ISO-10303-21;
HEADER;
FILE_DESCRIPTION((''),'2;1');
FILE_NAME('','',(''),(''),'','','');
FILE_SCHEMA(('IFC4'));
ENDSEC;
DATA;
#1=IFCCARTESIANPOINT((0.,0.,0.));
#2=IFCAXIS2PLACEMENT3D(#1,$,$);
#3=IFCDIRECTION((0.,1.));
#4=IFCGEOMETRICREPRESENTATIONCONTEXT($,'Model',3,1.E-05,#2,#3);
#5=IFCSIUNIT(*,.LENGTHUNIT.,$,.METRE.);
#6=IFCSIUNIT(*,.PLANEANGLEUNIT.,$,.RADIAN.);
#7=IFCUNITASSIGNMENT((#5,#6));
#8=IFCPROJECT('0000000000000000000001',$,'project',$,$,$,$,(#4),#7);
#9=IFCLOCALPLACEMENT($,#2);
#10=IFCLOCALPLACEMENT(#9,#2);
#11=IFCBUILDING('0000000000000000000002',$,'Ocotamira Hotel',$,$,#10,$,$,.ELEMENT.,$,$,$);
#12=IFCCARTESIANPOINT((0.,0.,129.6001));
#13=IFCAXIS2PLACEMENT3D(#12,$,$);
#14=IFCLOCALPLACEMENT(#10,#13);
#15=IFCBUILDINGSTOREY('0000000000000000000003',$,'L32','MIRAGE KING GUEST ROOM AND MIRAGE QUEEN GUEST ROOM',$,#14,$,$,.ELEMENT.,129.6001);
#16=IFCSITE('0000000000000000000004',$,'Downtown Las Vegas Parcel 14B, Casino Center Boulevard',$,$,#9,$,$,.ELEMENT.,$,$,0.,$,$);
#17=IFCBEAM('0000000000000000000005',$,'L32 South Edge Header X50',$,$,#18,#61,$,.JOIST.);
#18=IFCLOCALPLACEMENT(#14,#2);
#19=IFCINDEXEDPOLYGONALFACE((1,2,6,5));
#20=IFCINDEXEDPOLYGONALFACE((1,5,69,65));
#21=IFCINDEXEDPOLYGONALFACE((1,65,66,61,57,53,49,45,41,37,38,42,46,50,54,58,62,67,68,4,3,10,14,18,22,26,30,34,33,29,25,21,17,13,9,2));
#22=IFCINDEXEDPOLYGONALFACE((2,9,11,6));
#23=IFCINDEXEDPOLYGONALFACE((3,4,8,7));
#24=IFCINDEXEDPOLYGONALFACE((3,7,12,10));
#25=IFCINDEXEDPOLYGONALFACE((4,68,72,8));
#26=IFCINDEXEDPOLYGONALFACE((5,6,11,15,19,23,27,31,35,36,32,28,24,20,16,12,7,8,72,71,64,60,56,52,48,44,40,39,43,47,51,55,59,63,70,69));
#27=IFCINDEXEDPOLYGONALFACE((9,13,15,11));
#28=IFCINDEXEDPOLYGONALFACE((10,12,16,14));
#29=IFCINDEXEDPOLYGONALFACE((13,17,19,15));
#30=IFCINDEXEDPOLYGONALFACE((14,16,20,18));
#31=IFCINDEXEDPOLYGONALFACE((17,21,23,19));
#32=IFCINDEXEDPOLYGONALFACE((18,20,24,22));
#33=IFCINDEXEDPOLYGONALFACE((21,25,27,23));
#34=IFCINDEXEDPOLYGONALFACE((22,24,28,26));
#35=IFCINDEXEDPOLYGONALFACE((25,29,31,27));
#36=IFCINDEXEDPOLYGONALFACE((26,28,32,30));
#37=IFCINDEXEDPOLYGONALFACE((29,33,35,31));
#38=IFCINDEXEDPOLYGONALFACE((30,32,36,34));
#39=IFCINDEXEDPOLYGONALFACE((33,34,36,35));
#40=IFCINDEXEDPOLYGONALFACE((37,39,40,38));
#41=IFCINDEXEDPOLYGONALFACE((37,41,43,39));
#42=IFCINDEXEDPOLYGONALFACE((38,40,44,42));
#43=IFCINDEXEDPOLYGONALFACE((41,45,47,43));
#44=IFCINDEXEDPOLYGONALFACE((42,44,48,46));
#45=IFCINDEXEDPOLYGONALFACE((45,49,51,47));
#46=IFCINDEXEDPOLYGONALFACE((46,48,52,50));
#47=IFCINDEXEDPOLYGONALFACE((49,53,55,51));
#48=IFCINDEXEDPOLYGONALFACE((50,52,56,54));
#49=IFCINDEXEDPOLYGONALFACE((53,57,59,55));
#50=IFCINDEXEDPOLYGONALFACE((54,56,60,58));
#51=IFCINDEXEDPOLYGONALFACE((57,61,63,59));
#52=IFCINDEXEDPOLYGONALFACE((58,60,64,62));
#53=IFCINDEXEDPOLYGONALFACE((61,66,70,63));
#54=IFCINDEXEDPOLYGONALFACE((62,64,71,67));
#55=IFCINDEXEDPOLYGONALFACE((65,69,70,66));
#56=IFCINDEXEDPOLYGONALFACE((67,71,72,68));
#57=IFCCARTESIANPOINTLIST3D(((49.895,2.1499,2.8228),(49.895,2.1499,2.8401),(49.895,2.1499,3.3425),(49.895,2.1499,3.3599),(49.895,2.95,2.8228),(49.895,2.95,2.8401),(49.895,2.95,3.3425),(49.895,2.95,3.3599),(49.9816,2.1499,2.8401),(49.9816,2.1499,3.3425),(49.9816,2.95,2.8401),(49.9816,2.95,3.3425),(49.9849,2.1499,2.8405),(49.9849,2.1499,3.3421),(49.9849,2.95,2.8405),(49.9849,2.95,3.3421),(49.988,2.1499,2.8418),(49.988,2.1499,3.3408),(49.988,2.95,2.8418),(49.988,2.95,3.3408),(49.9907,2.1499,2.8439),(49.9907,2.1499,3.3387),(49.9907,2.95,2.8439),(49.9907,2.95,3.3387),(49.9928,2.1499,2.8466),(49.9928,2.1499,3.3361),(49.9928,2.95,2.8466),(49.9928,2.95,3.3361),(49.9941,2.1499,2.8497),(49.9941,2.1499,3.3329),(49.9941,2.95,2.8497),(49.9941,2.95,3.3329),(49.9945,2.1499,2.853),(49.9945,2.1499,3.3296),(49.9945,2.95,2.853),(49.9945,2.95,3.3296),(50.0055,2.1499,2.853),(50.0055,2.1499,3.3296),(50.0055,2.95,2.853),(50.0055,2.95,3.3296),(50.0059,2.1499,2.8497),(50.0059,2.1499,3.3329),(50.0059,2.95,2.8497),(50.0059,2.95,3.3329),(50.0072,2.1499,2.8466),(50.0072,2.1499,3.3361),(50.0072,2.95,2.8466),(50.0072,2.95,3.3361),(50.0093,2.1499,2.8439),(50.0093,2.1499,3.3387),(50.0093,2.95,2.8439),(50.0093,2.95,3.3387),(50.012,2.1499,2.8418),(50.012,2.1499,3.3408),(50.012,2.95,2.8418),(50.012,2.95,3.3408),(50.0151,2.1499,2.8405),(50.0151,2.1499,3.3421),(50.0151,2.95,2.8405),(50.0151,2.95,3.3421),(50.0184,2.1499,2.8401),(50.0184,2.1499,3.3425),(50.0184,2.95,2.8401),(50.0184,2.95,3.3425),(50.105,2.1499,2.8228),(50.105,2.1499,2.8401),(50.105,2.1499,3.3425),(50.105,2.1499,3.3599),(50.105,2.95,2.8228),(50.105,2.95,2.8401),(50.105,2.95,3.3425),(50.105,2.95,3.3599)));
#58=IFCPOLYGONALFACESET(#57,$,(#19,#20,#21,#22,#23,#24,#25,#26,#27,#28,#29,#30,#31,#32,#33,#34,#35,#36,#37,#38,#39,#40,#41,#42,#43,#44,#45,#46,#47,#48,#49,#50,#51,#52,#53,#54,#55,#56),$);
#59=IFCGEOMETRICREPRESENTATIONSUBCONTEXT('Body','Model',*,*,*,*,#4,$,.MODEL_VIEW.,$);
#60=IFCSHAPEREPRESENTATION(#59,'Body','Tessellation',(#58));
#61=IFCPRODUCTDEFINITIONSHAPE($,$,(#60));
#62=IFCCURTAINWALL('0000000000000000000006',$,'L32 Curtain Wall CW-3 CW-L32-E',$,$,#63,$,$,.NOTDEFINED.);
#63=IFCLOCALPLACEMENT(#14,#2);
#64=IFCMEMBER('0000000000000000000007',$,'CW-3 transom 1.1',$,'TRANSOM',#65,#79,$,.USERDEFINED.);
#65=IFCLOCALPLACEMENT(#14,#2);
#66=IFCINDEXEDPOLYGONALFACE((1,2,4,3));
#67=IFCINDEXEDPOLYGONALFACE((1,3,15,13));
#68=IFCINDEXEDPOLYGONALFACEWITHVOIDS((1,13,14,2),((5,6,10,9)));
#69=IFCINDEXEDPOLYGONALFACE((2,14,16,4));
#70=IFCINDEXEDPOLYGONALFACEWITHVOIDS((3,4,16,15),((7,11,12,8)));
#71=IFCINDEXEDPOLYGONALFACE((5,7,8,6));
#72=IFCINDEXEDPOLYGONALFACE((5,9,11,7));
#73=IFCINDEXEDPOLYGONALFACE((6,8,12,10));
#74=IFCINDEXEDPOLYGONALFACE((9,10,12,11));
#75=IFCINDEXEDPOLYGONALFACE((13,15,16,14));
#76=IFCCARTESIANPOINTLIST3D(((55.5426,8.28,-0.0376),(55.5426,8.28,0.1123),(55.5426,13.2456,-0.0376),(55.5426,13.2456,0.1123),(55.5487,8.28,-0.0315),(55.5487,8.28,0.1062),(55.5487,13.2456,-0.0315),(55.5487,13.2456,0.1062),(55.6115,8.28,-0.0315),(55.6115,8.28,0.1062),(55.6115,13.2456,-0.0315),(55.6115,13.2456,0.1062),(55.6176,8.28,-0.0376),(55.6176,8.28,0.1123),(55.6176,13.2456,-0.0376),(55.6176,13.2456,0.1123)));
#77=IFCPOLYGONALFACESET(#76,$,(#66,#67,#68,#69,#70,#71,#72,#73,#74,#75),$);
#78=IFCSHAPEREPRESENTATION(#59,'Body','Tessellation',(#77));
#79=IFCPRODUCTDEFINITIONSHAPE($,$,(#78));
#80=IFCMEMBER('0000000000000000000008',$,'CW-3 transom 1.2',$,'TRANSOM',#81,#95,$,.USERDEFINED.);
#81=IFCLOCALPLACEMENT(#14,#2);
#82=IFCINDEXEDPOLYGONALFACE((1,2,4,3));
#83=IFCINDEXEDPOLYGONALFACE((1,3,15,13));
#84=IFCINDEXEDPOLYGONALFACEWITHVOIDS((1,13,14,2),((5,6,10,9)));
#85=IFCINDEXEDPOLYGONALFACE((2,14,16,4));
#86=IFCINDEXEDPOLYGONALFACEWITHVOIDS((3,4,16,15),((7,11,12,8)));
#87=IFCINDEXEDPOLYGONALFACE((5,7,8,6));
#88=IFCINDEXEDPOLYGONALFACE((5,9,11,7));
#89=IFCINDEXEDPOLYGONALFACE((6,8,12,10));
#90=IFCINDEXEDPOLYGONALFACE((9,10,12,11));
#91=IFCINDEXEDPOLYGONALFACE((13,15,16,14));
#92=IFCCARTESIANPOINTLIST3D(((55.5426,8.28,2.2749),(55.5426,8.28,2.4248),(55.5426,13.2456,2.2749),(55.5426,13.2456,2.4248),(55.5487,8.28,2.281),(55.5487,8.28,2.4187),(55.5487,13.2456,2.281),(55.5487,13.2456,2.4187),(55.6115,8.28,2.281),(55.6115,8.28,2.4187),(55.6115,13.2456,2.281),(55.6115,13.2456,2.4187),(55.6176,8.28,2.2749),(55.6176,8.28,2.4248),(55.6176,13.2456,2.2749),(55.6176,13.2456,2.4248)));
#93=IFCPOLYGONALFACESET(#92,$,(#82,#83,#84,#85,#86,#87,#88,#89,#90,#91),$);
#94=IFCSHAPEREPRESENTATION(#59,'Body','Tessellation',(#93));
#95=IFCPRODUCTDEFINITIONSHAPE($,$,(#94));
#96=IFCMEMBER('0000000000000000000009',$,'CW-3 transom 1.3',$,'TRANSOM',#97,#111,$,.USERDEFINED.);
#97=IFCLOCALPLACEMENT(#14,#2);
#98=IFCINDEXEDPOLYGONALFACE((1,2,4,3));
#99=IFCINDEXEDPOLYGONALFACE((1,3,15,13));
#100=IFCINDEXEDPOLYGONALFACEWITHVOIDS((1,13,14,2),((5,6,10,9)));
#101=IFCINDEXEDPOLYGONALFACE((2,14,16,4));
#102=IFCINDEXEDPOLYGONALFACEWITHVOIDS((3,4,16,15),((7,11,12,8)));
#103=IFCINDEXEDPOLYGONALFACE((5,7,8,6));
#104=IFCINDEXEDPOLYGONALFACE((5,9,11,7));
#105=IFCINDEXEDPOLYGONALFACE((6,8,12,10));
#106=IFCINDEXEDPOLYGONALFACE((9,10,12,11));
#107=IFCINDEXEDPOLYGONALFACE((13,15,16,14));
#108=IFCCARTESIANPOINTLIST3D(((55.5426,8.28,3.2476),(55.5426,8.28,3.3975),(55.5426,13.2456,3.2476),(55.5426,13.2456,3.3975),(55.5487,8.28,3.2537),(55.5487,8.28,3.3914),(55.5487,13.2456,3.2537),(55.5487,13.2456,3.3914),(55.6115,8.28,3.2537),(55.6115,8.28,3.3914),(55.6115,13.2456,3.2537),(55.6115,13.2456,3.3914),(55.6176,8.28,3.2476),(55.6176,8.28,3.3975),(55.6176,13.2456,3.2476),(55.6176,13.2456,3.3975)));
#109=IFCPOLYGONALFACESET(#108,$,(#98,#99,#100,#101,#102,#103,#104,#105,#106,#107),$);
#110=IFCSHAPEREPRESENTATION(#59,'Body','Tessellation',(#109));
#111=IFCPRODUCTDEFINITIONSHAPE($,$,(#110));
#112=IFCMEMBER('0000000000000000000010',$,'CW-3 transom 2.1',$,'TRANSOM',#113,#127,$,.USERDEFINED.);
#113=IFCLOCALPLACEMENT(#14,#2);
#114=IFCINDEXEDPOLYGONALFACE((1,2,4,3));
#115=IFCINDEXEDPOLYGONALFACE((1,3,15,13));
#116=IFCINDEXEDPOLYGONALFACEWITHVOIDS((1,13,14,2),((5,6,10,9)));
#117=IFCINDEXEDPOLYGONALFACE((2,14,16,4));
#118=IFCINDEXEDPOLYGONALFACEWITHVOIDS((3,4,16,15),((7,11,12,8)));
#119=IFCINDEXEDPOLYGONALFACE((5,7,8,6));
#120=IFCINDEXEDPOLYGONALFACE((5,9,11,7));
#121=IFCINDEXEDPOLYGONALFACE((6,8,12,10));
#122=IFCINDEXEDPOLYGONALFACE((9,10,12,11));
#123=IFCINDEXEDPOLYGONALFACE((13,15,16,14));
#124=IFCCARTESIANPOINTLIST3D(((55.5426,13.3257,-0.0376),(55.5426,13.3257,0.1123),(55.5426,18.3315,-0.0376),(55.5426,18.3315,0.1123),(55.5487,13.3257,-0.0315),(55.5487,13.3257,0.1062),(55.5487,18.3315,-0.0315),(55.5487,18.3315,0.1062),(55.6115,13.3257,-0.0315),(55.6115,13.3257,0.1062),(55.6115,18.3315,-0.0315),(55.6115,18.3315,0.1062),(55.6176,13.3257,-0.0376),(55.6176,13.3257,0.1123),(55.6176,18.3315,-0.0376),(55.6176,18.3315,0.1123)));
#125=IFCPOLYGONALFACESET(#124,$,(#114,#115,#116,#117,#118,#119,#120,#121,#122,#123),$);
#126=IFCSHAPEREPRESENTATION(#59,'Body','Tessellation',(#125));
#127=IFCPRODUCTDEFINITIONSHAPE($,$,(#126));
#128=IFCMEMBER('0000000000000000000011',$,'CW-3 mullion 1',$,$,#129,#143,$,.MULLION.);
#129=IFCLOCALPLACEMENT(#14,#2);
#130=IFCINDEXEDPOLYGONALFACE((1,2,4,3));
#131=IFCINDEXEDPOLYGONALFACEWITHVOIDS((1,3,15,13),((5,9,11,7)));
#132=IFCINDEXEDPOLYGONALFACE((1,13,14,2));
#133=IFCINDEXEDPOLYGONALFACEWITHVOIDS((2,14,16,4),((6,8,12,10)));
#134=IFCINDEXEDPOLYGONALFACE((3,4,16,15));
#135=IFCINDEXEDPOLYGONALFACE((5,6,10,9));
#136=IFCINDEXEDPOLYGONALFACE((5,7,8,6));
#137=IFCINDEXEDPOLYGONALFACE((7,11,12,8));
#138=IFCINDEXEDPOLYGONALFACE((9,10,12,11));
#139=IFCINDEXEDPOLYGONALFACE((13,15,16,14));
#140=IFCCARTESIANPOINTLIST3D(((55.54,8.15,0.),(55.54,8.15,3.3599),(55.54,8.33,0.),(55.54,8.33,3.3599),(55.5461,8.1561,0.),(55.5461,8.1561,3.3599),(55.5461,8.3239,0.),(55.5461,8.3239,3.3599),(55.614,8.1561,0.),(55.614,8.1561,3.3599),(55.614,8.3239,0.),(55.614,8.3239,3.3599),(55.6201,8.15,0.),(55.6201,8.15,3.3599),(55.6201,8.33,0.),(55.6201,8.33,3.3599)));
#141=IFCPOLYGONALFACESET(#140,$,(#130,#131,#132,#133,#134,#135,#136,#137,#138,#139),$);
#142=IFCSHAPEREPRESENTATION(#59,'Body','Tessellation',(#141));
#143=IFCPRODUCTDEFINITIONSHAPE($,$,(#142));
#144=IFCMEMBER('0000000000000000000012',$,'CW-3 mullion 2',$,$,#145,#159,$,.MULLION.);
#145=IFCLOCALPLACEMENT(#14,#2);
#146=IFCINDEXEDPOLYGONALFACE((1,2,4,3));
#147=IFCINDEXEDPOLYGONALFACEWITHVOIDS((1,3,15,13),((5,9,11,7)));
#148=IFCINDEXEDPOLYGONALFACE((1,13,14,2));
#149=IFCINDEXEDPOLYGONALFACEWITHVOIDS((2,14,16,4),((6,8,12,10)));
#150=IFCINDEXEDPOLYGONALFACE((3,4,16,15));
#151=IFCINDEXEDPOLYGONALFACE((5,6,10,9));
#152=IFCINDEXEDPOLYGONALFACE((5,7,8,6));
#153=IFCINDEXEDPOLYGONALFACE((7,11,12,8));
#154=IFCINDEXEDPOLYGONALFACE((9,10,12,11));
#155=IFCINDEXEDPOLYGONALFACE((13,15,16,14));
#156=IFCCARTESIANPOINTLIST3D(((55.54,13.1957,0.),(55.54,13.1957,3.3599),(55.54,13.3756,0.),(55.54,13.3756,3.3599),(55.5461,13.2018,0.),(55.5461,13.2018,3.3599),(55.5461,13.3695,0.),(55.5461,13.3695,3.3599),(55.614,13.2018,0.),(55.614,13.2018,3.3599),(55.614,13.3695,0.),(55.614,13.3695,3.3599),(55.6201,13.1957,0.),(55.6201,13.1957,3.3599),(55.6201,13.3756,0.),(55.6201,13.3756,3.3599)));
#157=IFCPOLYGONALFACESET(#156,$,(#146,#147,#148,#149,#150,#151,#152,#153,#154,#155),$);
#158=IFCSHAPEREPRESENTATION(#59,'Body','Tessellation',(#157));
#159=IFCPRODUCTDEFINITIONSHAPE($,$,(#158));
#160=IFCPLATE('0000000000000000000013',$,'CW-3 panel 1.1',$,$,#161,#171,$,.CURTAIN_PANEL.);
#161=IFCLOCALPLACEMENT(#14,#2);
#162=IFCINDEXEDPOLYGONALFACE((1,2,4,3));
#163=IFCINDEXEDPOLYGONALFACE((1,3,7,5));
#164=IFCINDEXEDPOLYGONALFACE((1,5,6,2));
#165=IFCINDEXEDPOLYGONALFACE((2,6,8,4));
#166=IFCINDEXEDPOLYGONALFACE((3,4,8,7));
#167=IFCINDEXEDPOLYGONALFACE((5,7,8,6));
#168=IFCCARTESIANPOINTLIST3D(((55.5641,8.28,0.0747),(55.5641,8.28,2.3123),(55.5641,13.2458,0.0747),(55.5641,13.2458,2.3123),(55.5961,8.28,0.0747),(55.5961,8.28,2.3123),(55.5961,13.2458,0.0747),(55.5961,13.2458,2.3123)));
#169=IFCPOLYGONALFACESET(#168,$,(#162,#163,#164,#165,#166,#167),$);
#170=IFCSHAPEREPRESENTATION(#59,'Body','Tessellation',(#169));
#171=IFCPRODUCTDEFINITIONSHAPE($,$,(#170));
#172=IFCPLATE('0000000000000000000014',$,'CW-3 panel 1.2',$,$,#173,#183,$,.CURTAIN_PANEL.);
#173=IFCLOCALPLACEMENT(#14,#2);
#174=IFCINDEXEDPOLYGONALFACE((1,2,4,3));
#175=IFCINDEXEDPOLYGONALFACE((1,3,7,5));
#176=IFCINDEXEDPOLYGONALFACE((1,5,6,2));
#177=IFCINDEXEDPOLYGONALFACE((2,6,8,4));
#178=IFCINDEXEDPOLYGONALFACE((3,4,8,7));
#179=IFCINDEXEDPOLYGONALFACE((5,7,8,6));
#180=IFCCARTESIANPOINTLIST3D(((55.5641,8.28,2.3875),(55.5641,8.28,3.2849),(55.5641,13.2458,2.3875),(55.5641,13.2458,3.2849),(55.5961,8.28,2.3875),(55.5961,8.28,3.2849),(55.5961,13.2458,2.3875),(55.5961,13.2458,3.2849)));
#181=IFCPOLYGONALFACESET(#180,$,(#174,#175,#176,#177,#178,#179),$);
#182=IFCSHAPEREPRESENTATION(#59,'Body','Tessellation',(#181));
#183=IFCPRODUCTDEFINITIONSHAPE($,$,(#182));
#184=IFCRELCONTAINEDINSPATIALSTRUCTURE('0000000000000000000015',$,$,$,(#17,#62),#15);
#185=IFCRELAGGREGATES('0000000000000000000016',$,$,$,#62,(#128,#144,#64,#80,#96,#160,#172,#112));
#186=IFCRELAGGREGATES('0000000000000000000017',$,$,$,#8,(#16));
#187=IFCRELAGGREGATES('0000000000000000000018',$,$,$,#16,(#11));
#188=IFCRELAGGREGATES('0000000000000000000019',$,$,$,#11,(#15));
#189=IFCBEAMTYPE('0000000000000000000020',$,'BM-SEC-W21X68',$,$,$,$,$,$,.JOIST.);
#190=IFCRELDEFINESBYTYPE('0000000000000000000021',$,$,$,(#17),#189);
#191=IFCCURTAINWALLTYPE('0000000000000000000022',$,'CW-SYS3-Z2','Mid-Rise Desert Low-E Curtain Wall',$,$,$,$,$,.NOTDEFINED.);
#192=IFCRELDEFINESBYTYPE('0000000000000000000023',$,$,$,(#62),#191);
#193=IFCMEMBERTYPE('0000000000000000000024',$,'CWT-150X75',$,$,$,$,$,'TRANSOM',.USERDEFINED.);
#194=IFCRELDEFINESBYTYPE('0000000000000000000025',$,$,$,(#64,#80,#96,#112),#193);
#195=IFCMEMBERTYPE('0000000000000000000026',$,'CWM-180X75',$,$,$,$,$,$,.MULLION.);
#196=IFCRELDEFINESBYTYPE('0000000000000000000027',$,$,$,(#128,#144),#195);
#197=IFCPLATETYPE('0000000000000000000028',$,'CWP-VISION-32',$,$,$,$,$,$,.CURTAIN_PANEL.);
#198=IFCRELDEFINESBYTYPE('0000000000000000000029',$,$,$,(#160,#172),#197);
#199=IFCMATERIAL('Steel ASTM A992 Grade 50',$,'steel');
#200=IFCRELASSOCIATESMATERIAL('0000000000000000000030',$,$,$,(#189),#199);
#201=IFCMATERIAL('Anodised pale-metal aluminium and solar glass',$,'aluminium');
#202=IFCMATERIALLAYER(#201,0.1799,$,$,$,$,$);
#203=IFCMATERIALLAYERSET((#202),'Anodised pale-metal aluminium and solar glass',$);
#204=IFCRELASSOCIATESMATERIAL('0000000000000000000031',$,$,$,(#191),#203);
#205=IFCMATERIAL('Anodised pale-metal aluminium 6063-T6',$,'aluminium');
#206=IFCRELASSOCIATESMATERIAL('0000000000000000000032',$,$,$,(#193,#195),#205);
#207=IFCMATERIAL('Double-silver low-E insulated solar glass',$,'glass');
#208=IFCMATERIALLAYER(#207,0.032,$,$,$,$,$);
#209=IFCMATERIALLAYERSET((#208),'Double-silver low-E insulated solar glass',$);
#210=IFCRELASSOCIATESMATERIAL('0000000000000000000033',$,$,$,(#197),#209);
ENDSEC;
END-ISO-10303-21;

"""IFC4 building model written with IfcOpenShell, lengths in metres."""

from ifc_helpers import new_model, si_unit, direction, frame, origin, origin_2d, place, context, subcontext, project, spatial, rectangle, hollow_rectangle, i_section, extrude, source, transform, mapped, material, layer, layer_set, material_profile, profile_set, type_object, element, aggregate, save


model = new_model("IFC4")

# Units and contexts
model_context = context("Model", 3, precision=1e-05, world=origin(), true_north=direction((0.0, 1.0)))
body_context = subcontext(model_context, "Body", "Model", "MODEL_VIEW")
ifc_project = project(units=[si_unit("LENGTHUNIT", "METRE"), si_unit("PLANEANGLEUNIT", "RADIAN")], contexts=[model_context])

# Site, building, storey
site_placement = place(None, origin())
site = spatial("IfcSite", under=ifc_project, at=site_placement, Name="Downtown Las Vegas Parcel 14B, Casino Center Boulevard", CompositionType="ELEMENT", RefElevation=0.0)
building_placement = place(site_placement, origin())
building = spatial("IfcBuilding", under=site, at=building_placement, Name="Ocotamira Hotel", CompositionType="ELEMENT")
storey_placement = place(building_placement, frame((0.0, 0.0, 129.6001)))
storey = spatial("IfcBuildingStorey", under=building, at=storey_placement, Name="L32", Description="MIRAGE KING GUEST ROOM AND MIRAGE QUEEN GUEST ROOM", CompositionType="ELEMENT", Elevation=129.6001)

# Beam
ifc_material_1 = material(Name="Steel ASTM A992 Grade 50", Category="steel")
ifc_material_profile_1 = material_profile(ifc_material_1, i_section(OverallWidth=0.21, OverallDepth=0.5371, WebThickness=0.011, FlangeThickness=0.0173, FilletRadius=0.0129, at=origin_2d()), Name="W21X68")
ifc_profile_set_1 = profile_set([ifc_material_profile_1], Name="Steel ASTM A992 Grade 50")
beam_type = type_object("IfcBeamType", Name="BM-SEC-W21X68", PredefinedType="JOIST", material=ifc_profile_set_1)
shared_shape_1 = source(origin(), body_context, "Body", "SweptSolid", [
    extrude(i_section(OverallWidth=0.21, OverallDepth=0.5371, WebThickness=0.011, FlangeThickness=0.0173, FilletRadius=0.0129, at=origin_2d()), origin(), (0.0, 0.0, 1.0), 0.8),
])
beam_placement = place(storey_placement, frame((50.0, 2.95, 3.0913), z_axis=(0.0, -1.0, 0.0), x_axis=(1.0, 0.0, 0.0)))
element("IfcBeam", 1, at=beam_placement, inside=storey, type_object=beam_type, Name="L32 South Edge Header X50", PredefinedType="JOIST", context=body_context, shape_type="MappedRepresentation", body=[
    mapped(shared_shape_1, transform((0.0, 0.0, 0.0), scale=1.0)),
])

# Curtain wall, members, plates
ifc_material_2 = material(Name="Anodised pale-metal aluminium and solar glass", Category="aluminium")
ifc_layer_1 = layer(ifc_material_2, 0.1799)
ifc_layer_set_1 = layer_set([ifc_layer_1], Name="Anodised pale-metal aluminium and solar glass")
curtain_wall_type = type_object("IfcCurtainWallType", Name="CW-SYS3-Z2", Description="Mid-Rise Desert Low-E Curtain Wall", PredefinedType="NOTDEFINED", material=ifc_layer_set_1)
curtain_wall_placement = place(storey_placement, origin())
curtain_wall = element("IfcCurtainWall", 2, at=curtain_wall_placement, inside=storey, type_object=curtain_wall_type, Name="L32 Curtain Wall CW-3 CW-L32-E", PredefinedType="NOTDEFINED")
ifc_material_3 = material(Name="Anodised pale-metal aluminium 6063-T6", Category="aluminium")
ifc_material_profile_2 = material_profile(ifc_material_3, hollow_rectangle(XDim=0.075, YDim=0.1499, WallThickness=0.0061, at=origin_2d()), Name="HSS150X75X6")
ifc_profile_set_2 = profile_set([ifc_material_profile_2], Name="Anodised pale-metal aluminium 6063-T6")
member_type_1 = type_object("IfcMemberType", Name="CWT-150X75", ElementType="TRANSOM", PredefinedType="USERDEFINED", material=ifc_profile_set_2)
shared_shape_2 = source(origin(), body_context, "Body", "SweptSolid", [
    extrude(hollow_rectangle(XDim=0.075, YDim=0.1499, WallThickness=0.0061, at=origin_2d()), origin(), (0.0, 0.0, 1.0), 4.9656),
])
member_1_placement = place(storey_placement, frame((55.5801, 8.28, 0.0374), z_axis=(0.0, 1.0, 0.0), x_axis=(-1.0, 0.0, 0.0)))
member_1 = element("IfcMember", 3, at=member_1_placement, type_object=member_type_1, Name="CW-3 transom 1.1", ObjectType="TRANSOM", PredefinedType="USERDEFINED", context=body_context, shape_type="MappedRepresentation", body=[
    mapped(shared_shape_2, transform((0.0, 0.0, 0.0), scale=1.0)),
])
member_2_placement = place(storey_placement, frame((55.5801, 8.28, 2.3499), z_axis=(0.0, 1.0, 0.0), x_axis=(-1.0, 0.0, 0.0)))
member_2 = element("IfcMember", 4, at=member_2_placement, type_object=member_type_1, Name="CW-3 transom 1.2", ObjectType="TRANSOM", PredefinedType="USERDEFINED", context=body_context, shape_type="MappedRepresentation", body=[
    mapped(shared_shape_2, transform((0.0, 0.0, 0.0), scale=1.0)),
])
member_3_placement = place(storey_placement, frame((55.5801, 8.28, 3.3225), z_axis=(0.0, 1.0, 0.0), x_axis=(-1.0, 0.0, 0.0)))
member_3 = element("IfcMember", 5, at=member_3_placement, type_object=member_type_1, Name="CW-3 transom 1.3", ObjectType="TRANSOM", PredefinedType="USERDEFINED", context=body_context, shape_type="MappedRepresentation", body=[
    mapped(shared_shape_2, transform((0.0, 0.0, 0.0), scale=1.0)),
])
shared_shape_3 = source(origin(), body_context, "Body", "SweptSolid", [
    extrude(hollow_rectangle(XDim=0.075, YDim=0.1499, WallThickness=0.0061, at=origin_2d()), origin(), (0.0, 0.0, 1.0), 5.0059),
])
member_4_placement = place(storey_placement, frame((55.5801, 13.3257, 0.0374), z_axis=(0.0, 1.0, 0.0), x_axis=(-1.0, 0.0, 0.0)))
member_4 = element("IfcMember", 6, at=member_4_placement, type_object=member_type_1, Name="CW-3 transom 2.1", ObjectType="TRANSOM", PredefinedType="USERDEFINED", context=body_context, shape_type="MappedRepresentation", body=[
    mapped(shared_shape_3, transform((0.0, 0.0, 0.0), scale=1.0)),
])
ifc_material_profile_3 = material_profile(ifc_material_3, hollow_rectangle(XDim=0.0801, YDim=0.1799, WallThickness=0.0061, at=origin_2d()), Name="HSS180X80X6")
ifc_profile_set_3 = profile_set([ifc_material_profile_3], Name="Anodised pale-metal aluminium 6063-T6")
member_type_2 = type_object("IfcMemberType", Name="CWM-180X75", PredefinedType="MULLION", material=ifc_profile_set_3)
shared_shape_4 = source(origin(), body_context, "Body", "SweptSolid", [
    extrude(hollow_rectangle(XDim=0.0801, YDim=0.1799, WallThickness=0.0061, at=origin_2d()), origin(), (0.0, 0.0, 1.0), 3.3599),
])
member_5_placement = place(storey_placement, frame((55.5801, 8.24, 0.0), z_axis=(0.0, 0.0, 1.0), x_axis=(-1.0, 0.0, 0.0)))
member_5 = element("IfcMember", 7, at=member_5_placement, type_object=member_type_2, Name="CW-3 mullion 1", PredefinedType="MULLION", context=body_context, shape_type="MappedRepresentation", body=[
    mapped(shared_shape_4, transform((0.0, 0.0, 0.0), scale=1.0)),
])
member_6_placement = place(storey_placement, frame((55.5801, 13.2856, 0.0), z_axis=(0.0, 0.0, 1.0), x_axis=(-1.0, 0.0, 0.0)))
member_6 = element("IfcMember", 8, at=member_6_placement, type_object=member_type_2, Name="CW-3 mullion 2", PredefinedType="MULLION", context=body_context, shape_type="MappedRepresentation", body=[
    mapped(shared_shape_4, transform((0.0, 0.0, 0.0), scale=1.0)),
])
ifc_material_4 = material(Name="Double-silver low-E insulated solar glass", Category="glass")
ifc_layer_2 = layer(ifc_material_4, 0.032)
ifc_layer_set_2 = layer_set([ifc_layer_2], Name="Double-silver low-E insulated solar glass")
plate_type = type_object("IfcPlateType", Name="CWP-VISION-32", PredefinedType="CURTAIN_PANEL", material=ifc_layer_set_2)
shared_shape_5 = source(origin(), body_context, "Body", "SweptSolid", [
    extrude(rectangle(XDim=4.9658, YDim=0.032, at=origin_2d()), origin(), (0.0, 0.0, 1.0), 2.2375),
])
plate_1_placement = place(storey_placement, frame((55.5801, 10.7629, 0.0747), z_axis=(0.0, 0.0, 1.0), x_axis=(0.0, 1.0, 0.0)))
plate_1 = element("IfcPlate", 9, at=plate_1_placement, type_object=plate_type, Name="CW-3 panel 1.1", PredefinedType="CURTAIN_PANEL", context=body_context, shape_type="MappedRepresentation", body=[
    mapped(shared_shape_5, transform((0.0, 0.0, 0.0), scale=1.0)),
])
shared_shape_6 = source(origin(), body_context, "Body", "SweptSolid", [
    extrude(rectangle(XDim=4.9658, YDim=0.032, at=origin_2d()), origin(), (0.0, 0.0, 1.0), 0.8975),
])
plate_2_placement = place(storey_placement, frame((55.5801, 10.7629, 2.3875), z_axis=(0.0, 0.0, 1.0), x_axis=(0.0, 1.0, 0.0)))
plate_2 = element("IfcPlate", 10, at=plate_2_placement, type_object=plate_type, Name="CW-3 panel 1.2", PredefinedType="CURTAIN_PANEL", context=body_context, shape_type="MappedRepresentation", body=[
    mapped(shared_shape_6, transform((0.0, 0.0, 0.0), scale=1.0)),
])
aggregate(curtain_wall, [member_5, member_6, member_1, member_2, member_3, plate_1, plate_2, member_4])

save(model, "model.ifc")
